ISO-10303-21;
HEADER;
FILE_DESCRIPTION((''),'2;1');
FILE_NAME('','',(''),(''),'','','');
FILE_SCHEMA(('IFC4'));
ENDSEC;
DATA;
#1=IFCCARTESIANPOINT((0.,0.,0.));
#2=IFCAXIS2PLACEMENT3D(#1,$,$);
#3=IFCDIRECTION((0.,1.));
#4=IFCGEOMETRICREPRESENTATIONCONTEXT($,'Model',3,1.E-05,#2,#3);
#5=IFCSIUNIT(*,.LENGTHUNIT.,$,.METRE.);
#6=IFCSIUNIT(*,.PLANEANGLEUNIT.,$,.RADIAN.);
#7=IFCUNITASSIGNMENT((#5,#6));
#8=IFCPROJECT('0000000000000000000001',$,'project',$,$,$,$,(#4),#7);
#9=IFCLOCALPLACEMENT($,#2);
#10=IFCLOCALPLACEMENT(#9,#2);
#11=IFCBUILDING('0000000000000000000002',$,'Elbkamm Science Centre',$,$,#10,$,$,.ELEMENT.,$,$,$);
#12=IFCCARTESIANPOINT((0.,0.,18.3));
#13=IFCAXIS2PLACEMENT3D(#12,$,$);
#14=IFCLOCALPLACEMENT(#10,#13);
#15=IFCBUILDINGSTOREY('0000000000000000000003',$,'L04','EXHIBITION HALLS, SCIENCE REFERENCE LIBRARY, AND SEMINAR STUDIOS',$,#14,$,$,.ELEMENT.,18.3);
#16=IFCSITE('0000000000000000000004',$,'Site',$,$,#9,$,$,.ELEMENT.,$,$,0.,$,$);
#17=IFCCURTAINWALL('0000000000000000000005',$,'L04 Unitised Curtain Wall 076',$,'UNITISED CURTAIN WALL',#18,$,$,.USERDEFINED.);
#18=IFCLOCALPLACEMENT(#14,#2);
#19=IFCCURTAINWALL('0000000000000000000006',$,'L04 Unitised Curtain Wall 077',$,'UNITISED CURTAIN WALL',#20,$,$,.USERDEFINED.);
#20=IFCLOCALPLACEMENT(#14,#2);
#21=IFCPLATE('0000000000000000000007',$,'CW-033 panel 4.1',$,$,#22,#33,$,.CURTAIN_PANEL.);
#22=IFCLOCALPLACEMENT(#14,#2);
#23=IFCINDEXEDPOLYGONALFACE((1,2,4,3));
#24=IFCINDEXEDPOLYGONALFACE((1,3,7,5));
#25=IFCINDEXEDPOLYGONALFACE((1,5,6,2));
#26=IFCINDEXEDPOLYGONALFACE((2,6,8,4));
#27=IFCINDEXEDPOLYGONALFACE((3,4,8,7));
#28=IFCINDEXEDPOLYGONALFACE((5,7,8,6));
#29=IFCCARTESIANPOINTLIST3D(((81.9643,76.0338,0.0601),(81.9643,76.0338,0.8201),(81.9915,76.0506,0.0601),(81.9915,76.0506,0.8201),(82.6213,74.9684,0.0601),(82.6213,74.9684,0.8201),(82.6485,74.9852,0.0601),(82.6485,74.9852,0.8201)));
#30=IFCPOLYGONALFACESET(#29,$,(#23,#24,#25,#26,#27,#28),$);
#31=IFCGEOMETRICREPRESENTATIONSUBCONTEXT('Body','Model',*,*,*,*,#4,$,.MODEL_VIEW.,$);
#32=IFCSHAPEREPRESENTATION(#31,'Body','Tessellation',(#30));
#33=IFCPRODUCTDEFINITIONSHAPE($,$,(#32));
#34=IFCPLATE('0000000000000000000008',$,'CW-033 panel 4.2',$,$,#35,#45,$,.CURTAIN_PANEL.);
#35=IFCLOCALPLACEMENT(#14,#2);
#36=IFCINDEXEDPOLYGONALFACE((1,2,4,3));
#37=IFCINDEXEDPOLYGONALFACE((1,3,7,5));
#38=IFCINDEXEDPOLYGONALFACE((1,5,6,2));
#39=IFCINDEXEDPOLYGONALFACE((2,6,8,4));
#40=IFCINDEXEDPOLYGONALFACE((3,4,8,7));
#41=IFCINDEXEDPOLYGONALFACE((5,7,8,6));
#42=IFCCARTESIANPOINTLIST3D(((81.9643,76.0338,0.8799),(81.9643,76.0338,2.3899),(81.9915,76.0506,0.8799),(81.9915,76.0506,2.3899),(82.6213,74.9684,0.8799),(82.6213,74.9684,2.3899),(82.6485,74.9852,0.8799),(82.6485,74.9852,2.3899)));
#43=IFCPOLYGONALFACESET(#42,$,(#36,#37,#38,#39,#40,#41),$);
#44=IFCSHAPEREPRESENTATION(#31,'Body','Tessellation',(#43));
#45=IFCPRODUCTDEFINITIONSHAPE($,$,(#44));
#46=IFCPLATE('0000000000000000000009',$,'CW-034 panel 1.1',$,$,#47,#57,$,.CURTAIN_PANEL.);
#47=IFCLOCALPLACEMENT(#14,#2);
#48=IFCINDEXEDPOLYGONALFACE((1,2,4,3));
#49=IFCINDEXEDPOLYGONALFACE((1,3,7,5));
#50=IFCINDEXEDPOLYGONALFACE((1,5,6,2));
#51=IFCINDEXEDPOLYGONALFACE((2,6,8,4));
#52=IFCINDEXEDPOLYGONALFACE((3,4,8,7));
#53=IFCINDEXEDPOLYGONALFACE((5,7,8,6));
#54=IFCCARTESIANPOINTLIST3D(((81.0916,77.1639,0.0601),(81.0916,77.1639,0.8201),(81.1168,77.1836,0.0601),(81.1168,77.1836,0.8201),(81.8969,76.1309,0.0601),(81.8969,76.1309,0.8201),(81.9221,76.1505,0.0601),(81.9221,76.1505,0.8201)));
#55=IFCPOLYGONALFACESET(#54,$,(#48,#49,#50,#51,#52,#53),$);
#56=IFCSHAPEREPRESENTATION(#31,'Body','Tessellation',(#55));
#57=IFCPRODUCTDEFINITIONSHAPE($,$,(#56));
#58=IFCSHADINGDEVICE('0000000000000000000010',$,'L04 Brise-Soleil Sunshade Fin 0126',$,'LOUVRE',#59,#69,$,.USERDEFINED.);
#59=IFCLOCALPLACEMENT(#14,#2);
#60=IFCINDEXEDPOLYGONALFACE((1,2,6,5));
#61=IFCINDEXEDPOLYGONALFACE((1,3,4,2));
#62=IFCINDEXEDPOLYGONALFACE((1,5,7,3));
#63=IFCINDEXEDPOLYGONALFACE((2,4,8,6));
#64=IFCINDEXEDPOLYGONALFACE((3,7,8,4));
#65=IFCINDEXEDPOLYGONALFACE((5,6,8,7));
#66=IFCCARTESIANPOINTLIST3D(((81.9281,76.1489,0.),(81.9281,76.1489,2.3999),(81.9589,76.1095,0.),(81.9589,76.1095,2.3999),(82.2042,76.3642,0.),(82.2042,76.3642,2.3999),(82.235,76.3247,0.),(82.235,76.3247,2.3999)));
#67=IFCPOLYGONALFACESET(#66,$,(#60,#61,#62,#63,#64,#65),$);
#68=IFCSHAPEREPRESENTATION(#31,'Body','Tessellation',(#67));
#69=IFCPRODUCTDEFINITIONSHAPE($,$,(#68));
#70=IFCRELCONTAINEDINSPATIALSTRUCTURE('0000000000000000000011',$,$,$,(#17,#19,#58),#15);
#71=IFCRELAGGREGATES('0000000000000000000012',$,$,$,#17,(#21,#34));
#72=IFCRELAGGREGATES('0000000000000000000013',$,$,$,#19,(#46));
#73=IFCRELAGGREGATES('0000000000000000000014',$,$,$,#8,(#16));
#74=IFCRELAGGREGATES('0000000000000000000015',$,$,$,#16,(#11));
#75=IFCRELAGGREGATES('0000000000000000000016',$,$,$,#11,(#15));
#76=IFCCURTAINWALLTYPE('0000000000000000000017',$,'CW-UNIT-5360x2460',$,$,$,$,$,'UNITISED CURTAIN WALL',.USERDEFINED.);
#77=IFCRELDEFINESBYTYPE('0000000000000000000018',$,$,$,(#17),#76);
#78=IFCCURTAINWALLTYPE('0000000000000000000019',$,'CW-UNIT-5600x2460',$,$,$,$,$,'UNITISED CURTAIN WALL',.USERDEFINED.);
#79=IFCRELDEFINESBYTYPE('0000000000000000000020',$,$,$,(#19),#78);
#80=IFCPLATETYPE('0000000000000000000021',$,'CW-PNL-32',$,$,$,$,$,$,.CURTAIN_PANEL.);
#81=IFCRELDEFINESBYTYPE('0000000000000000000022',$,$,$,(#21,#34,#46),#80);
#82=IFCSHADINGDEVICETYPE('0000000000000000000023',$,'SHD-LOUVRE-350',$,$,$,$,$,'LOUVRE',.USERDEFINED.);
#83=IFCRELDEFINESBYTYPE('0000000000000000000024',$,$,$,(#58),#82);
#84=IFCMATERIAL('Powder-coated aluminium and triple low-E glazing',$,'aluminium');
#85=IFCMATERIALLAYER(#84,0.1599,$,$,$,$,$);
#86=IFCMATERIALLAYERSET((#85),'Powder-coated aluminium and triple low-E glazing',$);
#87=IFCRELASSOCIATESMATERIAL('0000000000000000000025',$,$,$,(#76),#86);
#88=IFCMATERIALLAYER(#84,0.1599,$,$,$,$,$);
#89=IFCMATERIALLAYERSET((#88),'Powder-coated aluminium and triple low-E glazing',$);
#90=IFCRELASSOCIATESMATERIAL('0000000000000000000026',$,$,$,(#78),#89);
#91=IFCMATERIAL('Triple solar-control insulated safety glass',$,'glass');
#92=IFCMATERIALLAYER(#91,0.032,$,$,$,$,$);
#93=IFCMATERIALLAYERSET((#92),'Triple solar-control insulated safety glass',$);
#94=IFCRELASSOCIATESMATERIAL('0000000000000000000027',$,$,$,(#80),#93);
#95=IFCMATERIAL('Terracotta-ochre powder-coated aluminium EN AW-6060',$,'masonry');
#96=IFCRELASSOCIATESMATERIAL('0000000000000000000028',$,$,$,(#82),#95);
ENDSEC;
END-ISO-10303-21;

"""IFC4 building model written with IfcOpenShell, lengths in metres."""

from ifc_helpers import new_model, si_unit, direction, frame, origin, origin_2d, place, context, subcontext, project, spatial, rectangle, extrude, material, layer, layer_set, type_object, element, aggregate, save


model = new_model("IFC4")

# Units and contexts
model_context = context("Model", 3, precision=1e-05, world=origin(), true_north=direction((0.0, 1.0)))
body_context = subcontext(model_context, "Body", "Model", "MODEL_VIEW")
ifc_project = project(units=[si_unit("LENGTHUNIT", "METRE"), si_unit("PLANEANGLEUNIT", "RADIAN")], contexts=[model_context])

# Site, building, storey
site_placement = place(None, origin())
site = spatial("IfcSite", under=ifc_project, at=site_placement, Name="Site", CompositionType="ELEMENT", RefElevation=0.0)
building_placement = place(site_placement, origin())
building = spatial("IfcBuilding", under=site, at=building_placement, Name="Elbkamm Science Centre", CompositionType="ELEMENT")
storey_placement = place(building_placement, frame((0.0, 0.0, 18.3)))
storey = spatial("IfcBuildingStorey", under=building, at=storey_placement, Name="L04", Description="EXHIBITION HALLS, SCIENCE REFERENCE LIBRARY, AND SEMINAR STUDIOS", CompositionType="ELEMENT", Elevation=18.3)

# Curtain wall
ifc_material_1 = material(Name="Powder-coated aluminium and triple low-E glazing", Category="aluminium")
ifc_layer_1 = layer(ifc_material_1, 0.1599)
ifc_layer_set_1 = layer_set([ifc_layer_1], Name="Powder-coated aluminium and triple low-E glazing")
curtain_wall_type_1 = type_object("IfcCurtainWallType", Name="CW-UNIT-5360x2460", ElementType="UNITISED CURTAIN WALL", PredefinedType="USERDEFINED", material=ifc_layer_set_1)
curtain_wall_1_placement = place(storey_placement, origin())
curtain_wall_1 = element("IfcCurtainWall", 1, at=curtain_wall_1_placement, inside=storey, type_object=curtain_wall_type_1, Name="L04 Unitised Curtain Wall 076", ObjectType="UNITISED CURTAIN WALL", PredefinedType="USERDEFINED")

# Curtain wall
ifc_layer_2 = layer(ifc_material_1, 0.1599)
ifc_layer_set_2 = layer_set([ifc_layer_2], Name="Powder-coated aluminium and triple low-E glazing")
curtain_wall_type_2 = type_object("IfcCurtainWallType", Name="CW-UNIT-5600x2460", ElementType="UNITISED CURTAIN WALL", PredefinedType="USERDEFINED", material=ifc_layer_set_2)
curtain_wall_2_placement = place(storey_placement, origin())
curtain_wall_2 = element("IfcCurtainWall", 2, at=curtain_wall_2_placement, inside=storey, type_object=curtain_wall_type_2, Name="L04 Unitised Curtain Wall 077", ObjectType="UNITISED CURTAIN WALL", PredefinedType="USERDEFINED")

# Plates
ifc_material_2 = material(Name="Triple solar-control insulated safety glass", Category="glass")
ifc_layer_3 = layer(ifc_material_2, 0.032)
ifc_layer_set_3 = layer_set([ifc_layer_3], Name="Triple solar-control insulated safety glass")
plate_type = type_object("IfcPlateType", Name="CW-PNL-32", PredefinedType="CURTAIN_PANEL", material=ifc_layer_set_3)
plate_1_placement = place(storey_placement, frame((82.3064, 75.5095, 0.0601), z_axis=(0.0, 0.0, 1.0), x_axis=(-0.524927, 0.851147, 0.0)))
plate_1 = element("IfcPlate", 3, at=plate_1_placement, type_object=plate_type, Name="CW-033 panel 4.1", PredefinedType="CURTAIN_PANEL", context=body_context, shape_type="SweptSolid", body=[
    extrude(rectangle(XDim=1.2517, YDim=0.032, at=origin_2d()), origin(), (0.0, 0.0, 1.0), 0.76),
])
plate_2_placement = place(storey_placement, frame((82.3064, 75.5095, 0.8799), z_axis=(0.0, 0.0, 1.0), x_axis=(-0.524927, 0.851147, 0.0)))
plate_2 = element("IfcPlate", 4, at=plate_2_placement, type_object=plate_type, Name="CW-033 panel 4.2", PredefinedType="CURTAIN_PANEL", context=body_context, shape_type="SweptSolid", body=[
    extrude(rectangle(XDim=1.2517, YDim=0.032, at=origin_2d()), origin(), (0.0, 0.0, 1.0), 1.51),
])
aggregate(curtain_wall_1, [plate_1, plate_2])
plate_3_placement = place(storey_placement, frame((81.5068, 76.6572, 0.0601), z_axis=(0.0, 0.0, 1.0), x_axis=(-0.614806, 0.788679, 0.0)))
plate_3 = element("IfcPlate", 5, at=plate_3_placement, type_object=plate_type, Name="CW-034 panel 1.1", PredefinedType="CURTAIN_PANEL", context=body_context, shape_type="SweptSolid", body=[
    extrude(rectangle(XDim=1.3098, YDim=0.032, at=origin_2d()), origin(), (0.0, 0.0, 1.0), 0.76),
])
aggregate(curtain_wall_2, [plate_3])

# Shading device
ifc_material_3 = material(Name="Terracotta-ochre powder-coated aluminium EN AW-6060", Category="masonry")
shading_device_type = type_object("IfcShadingDeviceType", Name="SHD-LOUVRE-350", ElementType="LOUVRE", PredefinedType="USERDEFINED", material=ifc_material_3)
shading_device_placement = place(storey_placement, frame((82.0815, 76.2368, 0.0), z_axis=(0.0, 0.0, 1.0), x_axis=(0.788679, 0.614806, 0.0)))
element("IfcShadingDevice", 6, at=shading_device_placement, inside=storey, type_object=shading_device_type, Name="L04 Brise-Soleil Sunshade Fin 0126", ObjectType="LOUVRE", PredefinedType="USERDEFINED", context=body_context, shape_type="SweptSolid", body=[
    extrude(rectangle(XDim=0.3501, YDim=0.05, at=origin_2d()), origin(), (0.0, 0.0, 1.0), 2.3999),
])

save(model, "model.ifc")
